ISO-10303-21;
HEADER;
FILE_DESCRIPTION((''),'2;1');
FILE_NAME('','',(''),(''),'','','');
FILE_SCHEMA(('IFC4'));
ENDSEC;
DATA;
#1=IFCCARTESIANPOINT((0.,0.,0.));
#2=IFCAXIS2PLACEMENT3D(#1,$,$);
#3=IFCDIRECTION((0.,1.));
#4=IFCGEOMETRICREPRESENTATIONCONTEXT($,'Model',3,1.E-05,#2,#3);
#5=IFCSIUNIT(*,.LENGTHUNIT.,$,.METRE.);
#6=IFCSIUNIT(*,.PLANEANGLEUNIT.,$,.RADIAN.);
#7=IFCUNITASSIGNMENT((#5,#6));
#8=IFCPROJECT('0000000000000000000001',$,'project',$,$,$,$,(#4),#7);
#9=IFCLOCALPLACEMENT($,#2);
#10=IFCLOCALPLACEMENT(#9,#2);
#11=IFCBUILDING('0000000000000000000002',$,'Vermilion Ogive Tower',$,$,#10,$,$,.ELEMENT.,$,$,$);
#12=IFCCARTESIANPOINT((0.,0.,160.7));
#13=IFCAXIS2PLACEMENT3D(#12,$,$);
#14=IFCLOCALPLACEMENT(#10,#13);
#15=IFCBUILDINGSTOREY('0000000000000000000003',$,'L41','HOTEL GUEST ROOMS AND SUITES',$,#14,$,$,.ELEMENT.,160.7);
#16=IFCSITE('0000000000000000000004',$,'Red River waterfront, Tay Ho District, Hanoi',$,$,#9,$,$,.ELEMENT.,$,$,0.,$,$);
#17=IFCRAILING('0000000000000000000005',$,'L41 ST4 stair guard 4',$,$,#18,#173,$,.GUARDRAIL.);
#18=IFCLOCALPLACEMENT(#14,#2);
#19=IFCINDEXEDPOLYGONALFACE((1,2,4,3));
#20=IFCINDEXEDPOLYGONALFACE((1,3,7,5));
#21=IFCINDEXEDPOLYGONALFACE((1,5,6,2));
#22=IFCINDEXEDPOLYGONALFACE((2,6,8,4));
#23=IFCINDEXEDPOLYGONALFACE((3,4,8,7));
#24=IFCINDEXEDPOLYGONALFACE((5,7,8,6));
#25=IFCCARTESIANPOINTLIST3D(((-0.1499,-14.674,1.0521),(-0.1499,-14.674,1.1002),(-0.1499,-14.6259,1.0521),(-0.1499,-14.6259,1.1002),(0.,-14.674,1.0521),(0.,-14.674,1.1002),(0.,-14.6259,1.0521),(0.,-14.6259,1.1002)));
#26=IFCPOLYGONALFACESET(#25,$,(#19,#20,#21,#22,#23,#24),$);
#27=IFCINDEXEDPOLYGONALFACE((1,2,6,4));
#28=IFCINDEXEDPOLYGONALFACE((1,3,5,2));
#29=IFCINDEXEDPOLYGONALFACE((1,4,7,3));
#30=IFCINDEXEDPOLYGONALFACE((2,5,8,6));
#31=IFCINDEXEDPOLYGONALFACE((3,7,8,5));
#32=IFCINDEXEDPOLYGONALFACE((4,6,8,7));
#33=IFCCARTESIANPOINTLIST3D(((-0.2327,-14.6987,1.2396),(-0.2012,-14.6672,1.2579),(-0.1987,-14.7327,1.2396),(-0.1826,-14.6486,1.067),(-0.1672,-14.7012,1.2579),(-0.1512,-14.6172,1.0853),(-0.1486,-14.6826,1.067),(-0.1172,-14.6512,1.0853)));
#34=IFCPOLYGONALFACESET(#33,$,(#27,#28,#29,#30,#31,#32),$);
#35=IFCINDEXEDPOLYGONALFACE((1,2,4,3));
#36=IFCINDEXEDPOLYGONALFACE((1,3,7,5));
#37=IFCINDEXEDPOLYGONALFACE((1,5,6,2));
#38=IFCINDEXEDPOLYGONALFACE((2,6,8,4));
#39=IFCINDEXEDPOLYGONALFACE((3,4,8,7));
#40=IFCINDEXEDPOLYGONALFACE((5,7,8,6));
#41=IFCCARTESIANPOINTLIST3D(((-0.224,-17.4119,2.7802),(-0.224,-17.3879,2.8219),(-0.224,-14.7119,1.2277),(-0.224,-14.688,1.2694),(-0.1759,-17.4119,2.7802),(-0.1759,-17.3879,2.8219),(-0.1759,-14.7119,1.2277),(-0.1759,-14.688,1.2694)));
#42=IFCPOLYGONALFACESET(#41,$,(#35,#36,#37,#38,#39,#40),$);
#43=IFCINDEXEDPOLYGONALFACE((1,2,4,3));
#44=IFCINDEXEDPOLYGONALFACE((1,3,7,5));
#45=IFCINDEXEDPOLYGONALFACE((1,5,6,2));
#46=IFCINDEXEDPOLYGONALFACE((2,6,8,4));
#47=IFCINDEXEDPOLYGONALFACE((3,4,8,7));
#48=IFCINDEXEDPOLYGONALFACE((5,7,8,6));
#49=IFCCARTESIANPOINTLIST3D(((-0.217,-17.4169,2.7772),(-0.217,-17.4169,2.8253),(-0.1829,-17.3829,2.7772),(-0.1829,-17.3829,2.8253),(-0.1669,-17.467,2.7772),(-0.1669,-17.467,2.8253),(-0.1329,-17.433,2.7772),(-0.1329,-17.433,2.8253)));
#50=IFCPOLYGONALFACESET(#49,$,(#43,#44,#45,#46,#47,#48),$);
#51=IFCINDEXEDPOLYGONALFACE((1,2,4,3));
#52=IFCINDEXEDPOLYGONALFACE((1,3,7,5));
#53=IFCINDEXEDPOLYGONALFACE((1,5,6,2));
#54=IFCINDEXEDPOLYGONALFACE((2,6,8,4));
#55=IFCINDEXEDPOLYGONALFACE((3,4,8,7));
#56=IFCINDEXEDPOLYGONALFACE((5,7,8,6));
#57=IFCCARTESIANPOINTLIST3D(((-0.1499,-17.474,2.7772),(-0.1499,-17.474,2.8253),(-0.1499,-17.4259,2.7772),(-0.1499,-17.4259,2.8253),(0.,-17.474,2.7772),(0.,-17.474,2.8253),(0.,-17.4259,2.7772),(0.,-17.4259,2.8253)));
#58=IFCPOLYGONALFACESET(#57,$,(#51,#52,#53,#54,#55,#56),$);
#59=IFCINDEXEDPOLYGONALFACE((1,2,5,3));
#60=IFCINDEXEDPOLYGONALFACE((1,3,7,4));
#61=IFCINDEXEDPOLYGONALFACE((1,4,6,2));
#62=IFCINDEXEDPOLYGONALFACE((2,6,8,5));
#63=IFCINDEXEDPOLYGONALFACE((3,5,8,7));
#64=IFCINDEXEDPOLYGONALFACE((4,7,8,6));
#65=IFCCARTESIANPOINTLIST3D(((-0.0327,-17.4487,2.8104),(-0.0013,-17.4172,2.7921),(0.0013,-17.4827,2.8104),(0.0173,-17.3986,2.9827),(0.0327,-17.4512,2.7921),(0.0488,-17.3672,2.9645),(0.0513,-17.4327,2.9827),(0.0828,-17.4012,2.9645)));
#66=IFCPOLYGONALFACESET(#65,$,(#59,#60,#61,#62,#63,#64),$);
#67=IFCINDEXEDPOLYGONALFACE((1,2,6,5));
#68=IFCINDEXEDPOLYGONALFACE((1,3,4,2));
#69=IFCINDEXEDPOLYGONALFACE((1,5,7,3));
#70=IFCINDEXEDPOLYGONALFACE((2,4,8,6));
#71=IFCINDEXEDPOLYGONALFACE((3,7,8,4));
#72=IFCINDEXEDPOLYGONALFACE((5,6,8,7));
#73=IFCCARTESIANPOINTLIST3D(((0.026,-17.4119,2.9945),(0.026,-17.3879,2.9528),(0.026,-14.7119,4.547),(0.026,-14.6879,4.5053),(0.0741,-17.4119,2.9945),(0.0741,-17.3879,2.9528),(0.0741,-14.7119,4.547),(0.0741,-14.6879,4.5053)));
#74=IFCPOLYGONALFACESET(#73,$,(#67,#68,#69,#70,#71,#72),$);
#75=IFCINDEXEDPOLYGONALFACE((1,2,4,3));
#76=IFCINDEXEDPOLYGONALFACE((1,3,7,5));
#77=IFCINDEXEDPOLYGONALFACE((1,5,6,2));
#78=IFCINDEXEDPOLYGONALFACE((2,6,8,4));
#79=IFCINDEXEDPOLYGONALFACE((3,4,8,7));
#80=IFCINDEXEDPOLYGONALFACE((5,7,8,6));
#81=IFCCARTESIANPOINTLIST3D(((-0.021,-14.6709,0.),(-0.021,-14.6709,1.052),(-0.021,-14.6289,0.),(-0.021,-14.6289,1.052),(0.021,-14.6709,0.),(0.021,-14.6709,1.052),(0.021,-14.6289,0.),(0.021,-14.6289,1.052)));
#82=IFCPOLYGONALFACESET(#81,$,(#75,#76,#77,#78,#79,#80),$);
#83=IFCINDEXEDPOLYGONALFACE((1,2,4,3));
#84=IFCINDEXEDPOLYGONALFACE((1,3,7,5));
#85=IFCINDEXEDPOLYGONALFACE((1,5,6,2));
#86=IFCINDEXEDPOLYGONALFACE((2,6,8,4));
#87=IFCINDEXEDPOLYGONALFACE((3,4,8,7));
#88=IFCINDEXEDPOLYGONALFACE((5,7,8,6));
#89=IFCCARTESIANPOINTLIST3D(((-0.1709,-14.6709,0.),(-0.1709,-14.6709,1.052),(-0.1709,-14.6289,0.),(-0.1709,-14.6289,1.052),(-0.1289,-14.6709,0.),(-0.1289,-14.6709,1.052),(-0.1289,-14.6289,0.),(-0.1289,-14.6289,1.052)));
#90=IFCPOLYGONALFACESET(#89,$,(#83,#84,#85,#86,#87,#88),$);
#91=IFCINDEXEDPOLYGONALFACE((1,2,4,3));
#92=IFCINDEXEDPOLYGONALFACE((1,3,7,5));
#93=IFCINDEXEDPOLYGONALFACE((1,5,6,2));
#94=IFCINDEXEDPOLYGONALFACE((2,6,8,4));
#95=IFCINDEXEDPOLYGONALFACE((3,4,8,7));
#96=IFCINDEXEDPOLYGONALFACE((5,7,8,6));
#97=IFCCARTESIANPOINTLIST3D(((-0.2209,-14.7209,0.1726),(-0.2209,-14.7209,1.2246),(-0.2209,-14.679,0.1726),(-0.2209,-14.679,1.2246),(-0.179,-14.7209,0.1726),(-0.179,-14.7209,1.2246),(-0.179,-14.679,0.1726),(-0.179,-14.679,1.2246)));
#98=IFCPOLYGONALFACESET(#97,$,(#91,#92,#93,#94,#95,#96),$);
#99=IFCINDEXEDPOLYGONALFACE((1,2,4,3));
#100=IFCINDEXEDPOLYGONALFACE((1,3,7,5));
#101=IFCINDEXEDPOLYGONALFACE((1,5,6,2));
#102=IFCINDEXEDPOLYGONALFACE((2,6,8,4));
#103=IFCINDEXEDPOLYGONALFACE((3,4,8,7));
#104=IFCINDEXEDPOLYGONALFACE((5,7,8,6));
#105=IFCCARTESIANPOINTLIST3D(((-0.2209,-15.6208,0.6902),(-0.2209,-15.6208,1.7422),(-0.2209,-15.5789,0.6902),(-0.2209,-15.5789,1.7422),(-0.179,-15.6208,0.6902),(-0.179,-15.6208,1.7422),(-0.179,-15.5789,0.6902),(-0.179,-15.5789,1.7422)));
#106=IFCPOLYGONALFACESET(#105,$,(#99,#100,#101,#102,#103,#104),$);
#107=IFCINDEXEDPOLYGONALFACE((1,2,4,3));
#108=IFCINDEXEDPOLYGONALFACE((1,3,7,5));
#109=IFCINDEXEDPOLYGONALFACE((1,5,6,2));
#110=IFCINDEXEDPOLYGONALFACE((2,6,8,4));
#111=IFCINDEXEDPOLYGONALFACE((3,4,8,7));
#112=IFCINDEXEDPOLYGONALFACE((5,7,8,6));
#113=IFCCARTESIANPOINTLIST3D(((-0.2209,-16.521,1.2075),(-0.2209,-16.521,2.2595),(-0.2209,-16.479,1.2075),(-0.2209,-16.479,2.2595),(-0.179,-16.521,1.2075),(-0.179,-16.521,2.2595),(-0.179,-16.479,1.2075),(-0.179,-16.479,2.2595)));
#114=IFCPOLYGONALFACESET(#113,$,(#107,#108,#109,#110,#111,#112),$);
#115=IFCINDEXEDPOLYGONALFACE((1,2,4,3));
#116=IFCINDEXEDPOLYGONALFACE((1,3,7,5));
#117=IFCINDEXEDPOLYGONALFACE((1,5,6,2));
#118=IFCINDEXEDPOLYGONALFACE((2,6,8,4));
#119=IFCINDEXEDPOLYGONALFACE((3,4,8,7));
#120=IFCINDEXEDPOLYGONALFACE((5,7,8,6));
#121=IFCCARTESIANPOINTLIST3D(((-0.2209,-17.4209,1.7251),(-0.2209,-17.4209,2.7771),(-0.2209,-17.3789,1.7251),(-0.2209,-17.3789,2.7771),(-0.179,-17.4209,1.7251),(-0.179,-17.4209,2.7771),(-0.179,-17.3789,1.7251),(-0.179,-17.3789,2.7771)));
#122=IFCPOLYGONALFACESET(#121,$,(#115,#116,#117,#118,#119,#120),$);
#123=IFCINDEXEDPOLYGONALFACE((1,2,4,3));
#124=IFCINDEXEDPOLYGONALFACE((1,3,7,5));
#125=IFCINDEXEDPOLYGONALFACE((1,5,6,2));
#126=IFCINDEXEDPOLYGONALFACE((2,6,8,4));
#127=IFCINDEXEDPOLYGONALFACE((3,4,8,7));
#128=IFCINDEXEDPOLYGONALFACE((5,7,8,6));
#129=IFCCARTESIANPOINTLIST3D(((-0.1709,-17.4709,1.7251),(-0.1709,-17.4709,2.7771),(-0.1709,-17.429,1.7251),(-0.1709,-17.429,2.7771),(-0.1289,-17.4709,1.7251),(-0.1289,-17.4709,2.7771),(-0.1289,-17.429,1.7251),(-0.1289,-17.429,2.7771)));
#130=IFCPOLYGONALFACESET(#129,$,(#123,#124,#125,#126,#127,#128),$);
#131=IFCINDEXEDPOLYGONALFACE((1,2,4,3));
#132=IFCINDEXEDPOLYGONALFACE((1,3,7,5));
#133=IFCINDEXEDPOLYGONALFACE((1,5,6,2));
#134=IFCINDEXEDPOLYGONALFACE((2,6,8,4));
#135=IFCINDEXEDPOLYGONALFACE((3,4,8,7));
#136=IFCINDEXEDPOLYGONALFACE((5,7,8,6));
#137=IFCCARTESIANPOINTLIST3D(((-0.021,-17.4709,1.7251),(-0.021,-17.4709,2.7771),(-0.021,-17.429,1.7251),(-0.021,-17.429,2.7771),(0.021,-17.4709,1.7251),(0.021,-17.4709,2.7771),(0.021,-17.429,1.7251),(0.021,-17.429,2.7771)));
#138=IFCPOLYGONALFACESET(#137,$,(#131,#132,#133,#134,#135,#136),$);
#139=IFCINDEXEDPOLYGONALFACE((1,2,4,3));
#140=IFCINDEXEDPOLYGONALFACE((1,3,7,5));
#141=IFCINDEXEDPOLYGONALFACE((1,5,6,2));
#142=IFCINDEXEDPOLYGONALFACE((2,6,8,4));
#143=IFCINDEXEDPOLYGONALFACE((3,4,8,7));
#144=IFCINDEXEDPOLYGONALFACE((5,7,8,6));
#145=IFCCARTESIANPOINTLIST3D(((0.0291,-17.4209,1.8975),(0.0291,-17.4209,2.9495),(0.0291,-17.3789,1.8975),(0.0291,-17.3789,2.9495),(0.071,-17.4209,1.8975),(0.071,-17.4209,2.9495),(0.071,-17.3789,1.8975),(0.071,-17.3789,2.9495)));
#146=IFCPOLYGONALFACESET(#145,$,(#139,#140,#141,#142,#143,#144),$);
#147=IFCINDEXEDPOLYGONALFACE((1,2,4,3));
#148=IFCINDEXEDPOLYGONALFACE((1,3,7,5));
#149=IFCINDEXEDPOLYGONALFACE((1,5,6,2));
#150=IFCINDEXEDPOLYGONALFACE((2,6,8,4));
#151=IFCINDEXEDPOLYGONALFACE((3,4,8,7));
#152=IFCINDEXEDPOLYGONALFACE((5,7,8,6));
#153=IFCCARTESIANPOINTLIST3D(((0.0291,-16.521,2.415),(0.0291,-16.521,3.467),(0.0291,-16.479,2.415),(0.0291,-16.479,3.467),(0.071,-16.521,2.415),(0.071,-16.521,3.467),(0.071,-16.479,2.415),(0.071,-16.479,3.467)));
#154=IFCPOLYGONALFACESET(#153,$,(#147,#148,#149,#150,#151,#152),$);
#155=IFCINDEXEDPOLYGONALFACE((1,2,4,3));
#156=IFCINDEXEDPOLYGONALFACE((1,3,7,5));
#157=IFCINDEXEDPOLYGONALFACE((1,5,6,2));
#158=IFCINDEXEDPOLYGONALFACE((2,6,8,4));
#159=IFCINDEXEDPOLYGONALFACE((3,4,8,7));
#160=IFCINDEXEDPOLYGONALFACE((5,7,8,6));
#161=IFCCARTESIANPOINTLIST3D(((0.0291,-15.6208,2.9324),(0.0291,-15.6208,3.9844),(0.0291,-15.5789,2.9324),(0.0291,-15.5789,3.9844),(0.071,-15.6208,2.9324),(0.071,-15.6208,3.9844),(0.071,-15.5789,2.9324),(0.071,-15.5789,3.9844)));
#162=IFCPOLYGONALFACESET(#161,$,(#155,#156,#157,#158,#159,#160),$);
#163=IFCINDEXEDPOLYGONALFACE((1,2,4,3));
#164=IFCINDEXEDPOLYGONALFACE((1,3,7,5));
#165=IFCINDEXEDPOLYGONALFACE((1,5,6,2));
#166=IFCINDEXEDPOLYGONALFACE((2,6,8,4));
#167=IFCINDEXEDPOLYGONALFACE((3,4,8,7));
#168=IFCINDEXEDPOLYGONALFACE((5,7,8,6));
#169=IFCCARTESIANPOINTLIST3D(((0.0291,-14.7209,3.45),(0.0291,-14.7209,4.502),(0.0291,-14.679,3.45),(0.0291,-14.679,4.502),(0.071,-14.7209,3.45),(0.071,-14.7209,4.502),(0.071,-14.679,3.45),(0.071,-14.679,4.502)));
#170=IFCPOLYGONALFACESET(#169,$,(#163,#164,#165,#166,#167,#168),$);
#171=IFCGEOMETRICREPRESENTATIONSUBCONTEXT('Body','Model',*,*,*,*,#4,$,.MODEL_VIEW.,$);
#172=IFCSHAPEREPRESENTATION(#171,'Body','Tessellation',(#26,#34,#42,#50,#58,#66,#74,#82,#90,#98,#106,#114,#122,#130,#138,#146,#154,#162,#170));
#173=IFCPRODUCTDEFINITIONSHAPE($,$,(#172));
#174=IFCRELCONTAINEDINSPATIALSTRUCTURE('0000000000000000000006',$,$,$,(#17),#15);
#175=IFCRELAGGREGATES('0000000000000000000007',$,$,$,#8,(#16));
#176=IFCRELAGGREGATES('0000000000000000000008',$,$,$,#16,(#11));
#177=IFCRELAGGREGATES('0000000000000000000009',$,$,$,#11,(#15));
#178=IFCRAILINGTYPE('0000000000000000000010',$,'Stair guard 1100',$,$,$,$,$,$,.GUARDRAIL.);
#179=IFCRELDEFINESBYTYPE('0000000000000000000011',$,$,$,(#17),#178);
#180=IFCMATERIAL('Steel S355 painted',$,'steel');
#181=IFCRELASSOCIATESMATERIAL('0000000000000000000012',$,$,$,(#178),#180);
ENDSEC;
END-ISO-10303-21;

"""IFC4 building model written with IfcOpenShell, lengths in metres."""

from ifc_helpers import new_model, si_unit, direction, frame, origin, origin_2d, place, context, subcontext, project, spatial, rectangle, extrude, material, type_object, element, save


model = new_model("IFC4")

# Units and contexts
model_context = context("Model", 3, precision=1e-05, world=origin(), true_north=direction((0.0, 1.0)))
body_context = subcontext(model_context, "Body", "Model", "MODEL_VIEW")
ifc_project = project(units=[si_unit("LENGTHUNIT", "METRE"), si_unit("PLANEANGLEUNIT", "RADIAN")], contexts=[model_context])

# Site, building, storey
site_placement = place(None, origin())
site = spatial("IfcSite", under=ifc_project, at=site_placement, Name="Red River waterfront, Tay Ho District, Hanoi", CompositionType="ELEMENT", RefElevation=0.0)
building_placement = place(site_placement, origin())
building = spatial("IfcBuilding", under=site, at=building_placement, Name="Vermilion Ogive Tower", CompositionType="ELEMENT")
storey_placement = place(building_placement, frame((0.0, 0.0, 160.7)))
storey = spatial("IfcBuildingStorey", under=building, at=storey_placement, Name="L41", Description="HOTEL GUEST ROOMS AND SUITES", CompositionType="ELEMENT", Elevation=160.7)

# Railing
ifc_material_1 = material(Name="Steel S355 painted", Category="steel")
railing_type_1 = type_object("IfcRailingType", Name="Stair guard 1100", PredefinedType="GUARDRAIL", material=ifc_material_1)
railing_1_placement = place(storey_placement, frame((0.0, -14.6499, 0.0)))
element("IfcRailing", 1, at=railing_1_placement, inside=storey, type_object=railing_type_1, Name="L41 ST4 stair guard 4", PredefinedType="GUARDRAIL", context=body_context, shape_type="SweptSolid", body=[
    extrude(rectangle(XDim=0.0481, YDim=0.0481, at=origin_2d()), frame((0.0, 0.0, 1.0762), z_axis=(-1.0, 0.0, 0.0), x_axis=(0.0, -1.0, 0.0)), (0.0, 0.0, 1.0), 0.1499),
    extrude(rectangle(XDim=0.0481, YDim=0.0481, at=origin_2d()), frame((-0.1499, 0.0, 1.0762), z_axis=(-0.268278, -0.268278, 0.925232), x_axis=(0.707107, -0.707107, 0.0)), (0.0, 0.0, 1.0), 0.1865),
    extrude(rectangle(XDim=0.0481, YDim=0.0481, at=origin_2d()), frame((-0.2, -0.05, 1.2485), z_axis=(0.0, -0.866904, 0.498476), x_axis=(1.0, 0.0, 0.0)), (0.0, 0.0, 1.0), 3.1145),
    extrude(rectangle(XDim=0.0481, YDim=0.0481, at=origin_2d()), frame((-0.2, -2.75, 2.8013), z_axis=(0.707107, -0.707107, 0.0), x_axis=(0.707107, 0.707107, 0.0)), (0.0, 0.0, 1.0), 0.0708),
    extrude(rectangle(XDim=0.0481, YDim=0.0481, at=origin_2d()), frame((-0.1499, -2.8, 2.8013), z_axis=(1.0, 0.0, 0.0), x_axis=(0.0, 1.0, 0.0)), (0.0, 0.0, 1.0), 0.1499),
    extrude(rectangle(XDim=0.0481, YDim=0.0481, at=origin_2d()), frame((0.0, -2.8, 2.8013), z_axis=(0.268603, 0.268603, 0.925043), x_axis=(-0.707107, 0.707107, 0.0)), (0.0, 0.0, 1.0), 0.1863),
    extrude(rectangle(XDim=0.0481, YDim=0.0481, at=origin_2d()), frame((0.05, -2.75, 2.9736), z_axis=(0.0, 0.866904, 0.498476), x_axis=(-1.0, 0.0, 0.0)), (0.0, 0.0, 1.0), 3.1145),
    extrude(rectangle(XDim=0.042, YDim=0.042, at=origin_2d()), origin(), (0.0, 0.0, 1.0), 1.052),
    extrude(rectangle(XDim=0.042, YDim=0.042, at=origin_2d()), frame((-0.1499, 0.0, 0.0)), (0.0, 0.0, 1.0), 1.052),
    extrude(rectangle(XDim=0.042, YDim=0.042, at=origin_2d()), frame((-0.2, -0.05, 0.1726)), (0.0, 0.0, 1.0), 1.052),
    extrude(rectangle(XDim=0.042, YDim=0.042, at=origin_2d()), frame((-0.2, -0.95, 0.6902)), (0.0, 0.0, 1.0), 1.052),
    extrude(rectangle(XDim=0.042, YDim=0.042, at=origin_2d()), frame((-0.2, -1.8501, 1.2075)), (0.0, 0.0, 1.0), 1.052),
    extrude(rectangle(XDim=0.042, YDim=0.042, at=origin_2d()), frame((-0.2, -2.75, 1.7251)), (0.0, 0.0, 1.0), 1.052),
    extrude(rectangle(XDim=0.042, YDim=0.042, at=origin_2d()), frame((-0.1499, -2.8, 1.7251)), (0.0, 0.0, 1.0), 1.052),
    extrude(rectangle(XDim=0.042, YDim=0.042, at=origin_2d()), frame((0.0, -2.8, 1.7251)), (0.0, 0.0, 1.0), 1.052),
    extrude(rectangle(XDim=0.042, YDim=0.042, at=origin_2d()), frame((0.05, -2.75, 1.8975)), (0.0, 0.0, 1.0), 1.052),
    extrude(rectangle(XDim=0.042, YDim=0.042, at=origin_2d()), frame((0.05, -1.8501, 2.415)), (0.0, 0.0, 1.0), 1.052),
    extrude(rectangle(XDim=0.042, YDim=0.042, at=origin_2d()), frame((0.05, -0.95, 2.9324)), (0.0, 0.0, 1.0), 1.052),
    extrude(rectangle(XDim=0.042, YDim=0.042, at=origin_2d()), frame((0.05, -0.05, 3.45)), (0.0, 0.0, 1.0), 1.052),
])

save(model, "model.ifc")
